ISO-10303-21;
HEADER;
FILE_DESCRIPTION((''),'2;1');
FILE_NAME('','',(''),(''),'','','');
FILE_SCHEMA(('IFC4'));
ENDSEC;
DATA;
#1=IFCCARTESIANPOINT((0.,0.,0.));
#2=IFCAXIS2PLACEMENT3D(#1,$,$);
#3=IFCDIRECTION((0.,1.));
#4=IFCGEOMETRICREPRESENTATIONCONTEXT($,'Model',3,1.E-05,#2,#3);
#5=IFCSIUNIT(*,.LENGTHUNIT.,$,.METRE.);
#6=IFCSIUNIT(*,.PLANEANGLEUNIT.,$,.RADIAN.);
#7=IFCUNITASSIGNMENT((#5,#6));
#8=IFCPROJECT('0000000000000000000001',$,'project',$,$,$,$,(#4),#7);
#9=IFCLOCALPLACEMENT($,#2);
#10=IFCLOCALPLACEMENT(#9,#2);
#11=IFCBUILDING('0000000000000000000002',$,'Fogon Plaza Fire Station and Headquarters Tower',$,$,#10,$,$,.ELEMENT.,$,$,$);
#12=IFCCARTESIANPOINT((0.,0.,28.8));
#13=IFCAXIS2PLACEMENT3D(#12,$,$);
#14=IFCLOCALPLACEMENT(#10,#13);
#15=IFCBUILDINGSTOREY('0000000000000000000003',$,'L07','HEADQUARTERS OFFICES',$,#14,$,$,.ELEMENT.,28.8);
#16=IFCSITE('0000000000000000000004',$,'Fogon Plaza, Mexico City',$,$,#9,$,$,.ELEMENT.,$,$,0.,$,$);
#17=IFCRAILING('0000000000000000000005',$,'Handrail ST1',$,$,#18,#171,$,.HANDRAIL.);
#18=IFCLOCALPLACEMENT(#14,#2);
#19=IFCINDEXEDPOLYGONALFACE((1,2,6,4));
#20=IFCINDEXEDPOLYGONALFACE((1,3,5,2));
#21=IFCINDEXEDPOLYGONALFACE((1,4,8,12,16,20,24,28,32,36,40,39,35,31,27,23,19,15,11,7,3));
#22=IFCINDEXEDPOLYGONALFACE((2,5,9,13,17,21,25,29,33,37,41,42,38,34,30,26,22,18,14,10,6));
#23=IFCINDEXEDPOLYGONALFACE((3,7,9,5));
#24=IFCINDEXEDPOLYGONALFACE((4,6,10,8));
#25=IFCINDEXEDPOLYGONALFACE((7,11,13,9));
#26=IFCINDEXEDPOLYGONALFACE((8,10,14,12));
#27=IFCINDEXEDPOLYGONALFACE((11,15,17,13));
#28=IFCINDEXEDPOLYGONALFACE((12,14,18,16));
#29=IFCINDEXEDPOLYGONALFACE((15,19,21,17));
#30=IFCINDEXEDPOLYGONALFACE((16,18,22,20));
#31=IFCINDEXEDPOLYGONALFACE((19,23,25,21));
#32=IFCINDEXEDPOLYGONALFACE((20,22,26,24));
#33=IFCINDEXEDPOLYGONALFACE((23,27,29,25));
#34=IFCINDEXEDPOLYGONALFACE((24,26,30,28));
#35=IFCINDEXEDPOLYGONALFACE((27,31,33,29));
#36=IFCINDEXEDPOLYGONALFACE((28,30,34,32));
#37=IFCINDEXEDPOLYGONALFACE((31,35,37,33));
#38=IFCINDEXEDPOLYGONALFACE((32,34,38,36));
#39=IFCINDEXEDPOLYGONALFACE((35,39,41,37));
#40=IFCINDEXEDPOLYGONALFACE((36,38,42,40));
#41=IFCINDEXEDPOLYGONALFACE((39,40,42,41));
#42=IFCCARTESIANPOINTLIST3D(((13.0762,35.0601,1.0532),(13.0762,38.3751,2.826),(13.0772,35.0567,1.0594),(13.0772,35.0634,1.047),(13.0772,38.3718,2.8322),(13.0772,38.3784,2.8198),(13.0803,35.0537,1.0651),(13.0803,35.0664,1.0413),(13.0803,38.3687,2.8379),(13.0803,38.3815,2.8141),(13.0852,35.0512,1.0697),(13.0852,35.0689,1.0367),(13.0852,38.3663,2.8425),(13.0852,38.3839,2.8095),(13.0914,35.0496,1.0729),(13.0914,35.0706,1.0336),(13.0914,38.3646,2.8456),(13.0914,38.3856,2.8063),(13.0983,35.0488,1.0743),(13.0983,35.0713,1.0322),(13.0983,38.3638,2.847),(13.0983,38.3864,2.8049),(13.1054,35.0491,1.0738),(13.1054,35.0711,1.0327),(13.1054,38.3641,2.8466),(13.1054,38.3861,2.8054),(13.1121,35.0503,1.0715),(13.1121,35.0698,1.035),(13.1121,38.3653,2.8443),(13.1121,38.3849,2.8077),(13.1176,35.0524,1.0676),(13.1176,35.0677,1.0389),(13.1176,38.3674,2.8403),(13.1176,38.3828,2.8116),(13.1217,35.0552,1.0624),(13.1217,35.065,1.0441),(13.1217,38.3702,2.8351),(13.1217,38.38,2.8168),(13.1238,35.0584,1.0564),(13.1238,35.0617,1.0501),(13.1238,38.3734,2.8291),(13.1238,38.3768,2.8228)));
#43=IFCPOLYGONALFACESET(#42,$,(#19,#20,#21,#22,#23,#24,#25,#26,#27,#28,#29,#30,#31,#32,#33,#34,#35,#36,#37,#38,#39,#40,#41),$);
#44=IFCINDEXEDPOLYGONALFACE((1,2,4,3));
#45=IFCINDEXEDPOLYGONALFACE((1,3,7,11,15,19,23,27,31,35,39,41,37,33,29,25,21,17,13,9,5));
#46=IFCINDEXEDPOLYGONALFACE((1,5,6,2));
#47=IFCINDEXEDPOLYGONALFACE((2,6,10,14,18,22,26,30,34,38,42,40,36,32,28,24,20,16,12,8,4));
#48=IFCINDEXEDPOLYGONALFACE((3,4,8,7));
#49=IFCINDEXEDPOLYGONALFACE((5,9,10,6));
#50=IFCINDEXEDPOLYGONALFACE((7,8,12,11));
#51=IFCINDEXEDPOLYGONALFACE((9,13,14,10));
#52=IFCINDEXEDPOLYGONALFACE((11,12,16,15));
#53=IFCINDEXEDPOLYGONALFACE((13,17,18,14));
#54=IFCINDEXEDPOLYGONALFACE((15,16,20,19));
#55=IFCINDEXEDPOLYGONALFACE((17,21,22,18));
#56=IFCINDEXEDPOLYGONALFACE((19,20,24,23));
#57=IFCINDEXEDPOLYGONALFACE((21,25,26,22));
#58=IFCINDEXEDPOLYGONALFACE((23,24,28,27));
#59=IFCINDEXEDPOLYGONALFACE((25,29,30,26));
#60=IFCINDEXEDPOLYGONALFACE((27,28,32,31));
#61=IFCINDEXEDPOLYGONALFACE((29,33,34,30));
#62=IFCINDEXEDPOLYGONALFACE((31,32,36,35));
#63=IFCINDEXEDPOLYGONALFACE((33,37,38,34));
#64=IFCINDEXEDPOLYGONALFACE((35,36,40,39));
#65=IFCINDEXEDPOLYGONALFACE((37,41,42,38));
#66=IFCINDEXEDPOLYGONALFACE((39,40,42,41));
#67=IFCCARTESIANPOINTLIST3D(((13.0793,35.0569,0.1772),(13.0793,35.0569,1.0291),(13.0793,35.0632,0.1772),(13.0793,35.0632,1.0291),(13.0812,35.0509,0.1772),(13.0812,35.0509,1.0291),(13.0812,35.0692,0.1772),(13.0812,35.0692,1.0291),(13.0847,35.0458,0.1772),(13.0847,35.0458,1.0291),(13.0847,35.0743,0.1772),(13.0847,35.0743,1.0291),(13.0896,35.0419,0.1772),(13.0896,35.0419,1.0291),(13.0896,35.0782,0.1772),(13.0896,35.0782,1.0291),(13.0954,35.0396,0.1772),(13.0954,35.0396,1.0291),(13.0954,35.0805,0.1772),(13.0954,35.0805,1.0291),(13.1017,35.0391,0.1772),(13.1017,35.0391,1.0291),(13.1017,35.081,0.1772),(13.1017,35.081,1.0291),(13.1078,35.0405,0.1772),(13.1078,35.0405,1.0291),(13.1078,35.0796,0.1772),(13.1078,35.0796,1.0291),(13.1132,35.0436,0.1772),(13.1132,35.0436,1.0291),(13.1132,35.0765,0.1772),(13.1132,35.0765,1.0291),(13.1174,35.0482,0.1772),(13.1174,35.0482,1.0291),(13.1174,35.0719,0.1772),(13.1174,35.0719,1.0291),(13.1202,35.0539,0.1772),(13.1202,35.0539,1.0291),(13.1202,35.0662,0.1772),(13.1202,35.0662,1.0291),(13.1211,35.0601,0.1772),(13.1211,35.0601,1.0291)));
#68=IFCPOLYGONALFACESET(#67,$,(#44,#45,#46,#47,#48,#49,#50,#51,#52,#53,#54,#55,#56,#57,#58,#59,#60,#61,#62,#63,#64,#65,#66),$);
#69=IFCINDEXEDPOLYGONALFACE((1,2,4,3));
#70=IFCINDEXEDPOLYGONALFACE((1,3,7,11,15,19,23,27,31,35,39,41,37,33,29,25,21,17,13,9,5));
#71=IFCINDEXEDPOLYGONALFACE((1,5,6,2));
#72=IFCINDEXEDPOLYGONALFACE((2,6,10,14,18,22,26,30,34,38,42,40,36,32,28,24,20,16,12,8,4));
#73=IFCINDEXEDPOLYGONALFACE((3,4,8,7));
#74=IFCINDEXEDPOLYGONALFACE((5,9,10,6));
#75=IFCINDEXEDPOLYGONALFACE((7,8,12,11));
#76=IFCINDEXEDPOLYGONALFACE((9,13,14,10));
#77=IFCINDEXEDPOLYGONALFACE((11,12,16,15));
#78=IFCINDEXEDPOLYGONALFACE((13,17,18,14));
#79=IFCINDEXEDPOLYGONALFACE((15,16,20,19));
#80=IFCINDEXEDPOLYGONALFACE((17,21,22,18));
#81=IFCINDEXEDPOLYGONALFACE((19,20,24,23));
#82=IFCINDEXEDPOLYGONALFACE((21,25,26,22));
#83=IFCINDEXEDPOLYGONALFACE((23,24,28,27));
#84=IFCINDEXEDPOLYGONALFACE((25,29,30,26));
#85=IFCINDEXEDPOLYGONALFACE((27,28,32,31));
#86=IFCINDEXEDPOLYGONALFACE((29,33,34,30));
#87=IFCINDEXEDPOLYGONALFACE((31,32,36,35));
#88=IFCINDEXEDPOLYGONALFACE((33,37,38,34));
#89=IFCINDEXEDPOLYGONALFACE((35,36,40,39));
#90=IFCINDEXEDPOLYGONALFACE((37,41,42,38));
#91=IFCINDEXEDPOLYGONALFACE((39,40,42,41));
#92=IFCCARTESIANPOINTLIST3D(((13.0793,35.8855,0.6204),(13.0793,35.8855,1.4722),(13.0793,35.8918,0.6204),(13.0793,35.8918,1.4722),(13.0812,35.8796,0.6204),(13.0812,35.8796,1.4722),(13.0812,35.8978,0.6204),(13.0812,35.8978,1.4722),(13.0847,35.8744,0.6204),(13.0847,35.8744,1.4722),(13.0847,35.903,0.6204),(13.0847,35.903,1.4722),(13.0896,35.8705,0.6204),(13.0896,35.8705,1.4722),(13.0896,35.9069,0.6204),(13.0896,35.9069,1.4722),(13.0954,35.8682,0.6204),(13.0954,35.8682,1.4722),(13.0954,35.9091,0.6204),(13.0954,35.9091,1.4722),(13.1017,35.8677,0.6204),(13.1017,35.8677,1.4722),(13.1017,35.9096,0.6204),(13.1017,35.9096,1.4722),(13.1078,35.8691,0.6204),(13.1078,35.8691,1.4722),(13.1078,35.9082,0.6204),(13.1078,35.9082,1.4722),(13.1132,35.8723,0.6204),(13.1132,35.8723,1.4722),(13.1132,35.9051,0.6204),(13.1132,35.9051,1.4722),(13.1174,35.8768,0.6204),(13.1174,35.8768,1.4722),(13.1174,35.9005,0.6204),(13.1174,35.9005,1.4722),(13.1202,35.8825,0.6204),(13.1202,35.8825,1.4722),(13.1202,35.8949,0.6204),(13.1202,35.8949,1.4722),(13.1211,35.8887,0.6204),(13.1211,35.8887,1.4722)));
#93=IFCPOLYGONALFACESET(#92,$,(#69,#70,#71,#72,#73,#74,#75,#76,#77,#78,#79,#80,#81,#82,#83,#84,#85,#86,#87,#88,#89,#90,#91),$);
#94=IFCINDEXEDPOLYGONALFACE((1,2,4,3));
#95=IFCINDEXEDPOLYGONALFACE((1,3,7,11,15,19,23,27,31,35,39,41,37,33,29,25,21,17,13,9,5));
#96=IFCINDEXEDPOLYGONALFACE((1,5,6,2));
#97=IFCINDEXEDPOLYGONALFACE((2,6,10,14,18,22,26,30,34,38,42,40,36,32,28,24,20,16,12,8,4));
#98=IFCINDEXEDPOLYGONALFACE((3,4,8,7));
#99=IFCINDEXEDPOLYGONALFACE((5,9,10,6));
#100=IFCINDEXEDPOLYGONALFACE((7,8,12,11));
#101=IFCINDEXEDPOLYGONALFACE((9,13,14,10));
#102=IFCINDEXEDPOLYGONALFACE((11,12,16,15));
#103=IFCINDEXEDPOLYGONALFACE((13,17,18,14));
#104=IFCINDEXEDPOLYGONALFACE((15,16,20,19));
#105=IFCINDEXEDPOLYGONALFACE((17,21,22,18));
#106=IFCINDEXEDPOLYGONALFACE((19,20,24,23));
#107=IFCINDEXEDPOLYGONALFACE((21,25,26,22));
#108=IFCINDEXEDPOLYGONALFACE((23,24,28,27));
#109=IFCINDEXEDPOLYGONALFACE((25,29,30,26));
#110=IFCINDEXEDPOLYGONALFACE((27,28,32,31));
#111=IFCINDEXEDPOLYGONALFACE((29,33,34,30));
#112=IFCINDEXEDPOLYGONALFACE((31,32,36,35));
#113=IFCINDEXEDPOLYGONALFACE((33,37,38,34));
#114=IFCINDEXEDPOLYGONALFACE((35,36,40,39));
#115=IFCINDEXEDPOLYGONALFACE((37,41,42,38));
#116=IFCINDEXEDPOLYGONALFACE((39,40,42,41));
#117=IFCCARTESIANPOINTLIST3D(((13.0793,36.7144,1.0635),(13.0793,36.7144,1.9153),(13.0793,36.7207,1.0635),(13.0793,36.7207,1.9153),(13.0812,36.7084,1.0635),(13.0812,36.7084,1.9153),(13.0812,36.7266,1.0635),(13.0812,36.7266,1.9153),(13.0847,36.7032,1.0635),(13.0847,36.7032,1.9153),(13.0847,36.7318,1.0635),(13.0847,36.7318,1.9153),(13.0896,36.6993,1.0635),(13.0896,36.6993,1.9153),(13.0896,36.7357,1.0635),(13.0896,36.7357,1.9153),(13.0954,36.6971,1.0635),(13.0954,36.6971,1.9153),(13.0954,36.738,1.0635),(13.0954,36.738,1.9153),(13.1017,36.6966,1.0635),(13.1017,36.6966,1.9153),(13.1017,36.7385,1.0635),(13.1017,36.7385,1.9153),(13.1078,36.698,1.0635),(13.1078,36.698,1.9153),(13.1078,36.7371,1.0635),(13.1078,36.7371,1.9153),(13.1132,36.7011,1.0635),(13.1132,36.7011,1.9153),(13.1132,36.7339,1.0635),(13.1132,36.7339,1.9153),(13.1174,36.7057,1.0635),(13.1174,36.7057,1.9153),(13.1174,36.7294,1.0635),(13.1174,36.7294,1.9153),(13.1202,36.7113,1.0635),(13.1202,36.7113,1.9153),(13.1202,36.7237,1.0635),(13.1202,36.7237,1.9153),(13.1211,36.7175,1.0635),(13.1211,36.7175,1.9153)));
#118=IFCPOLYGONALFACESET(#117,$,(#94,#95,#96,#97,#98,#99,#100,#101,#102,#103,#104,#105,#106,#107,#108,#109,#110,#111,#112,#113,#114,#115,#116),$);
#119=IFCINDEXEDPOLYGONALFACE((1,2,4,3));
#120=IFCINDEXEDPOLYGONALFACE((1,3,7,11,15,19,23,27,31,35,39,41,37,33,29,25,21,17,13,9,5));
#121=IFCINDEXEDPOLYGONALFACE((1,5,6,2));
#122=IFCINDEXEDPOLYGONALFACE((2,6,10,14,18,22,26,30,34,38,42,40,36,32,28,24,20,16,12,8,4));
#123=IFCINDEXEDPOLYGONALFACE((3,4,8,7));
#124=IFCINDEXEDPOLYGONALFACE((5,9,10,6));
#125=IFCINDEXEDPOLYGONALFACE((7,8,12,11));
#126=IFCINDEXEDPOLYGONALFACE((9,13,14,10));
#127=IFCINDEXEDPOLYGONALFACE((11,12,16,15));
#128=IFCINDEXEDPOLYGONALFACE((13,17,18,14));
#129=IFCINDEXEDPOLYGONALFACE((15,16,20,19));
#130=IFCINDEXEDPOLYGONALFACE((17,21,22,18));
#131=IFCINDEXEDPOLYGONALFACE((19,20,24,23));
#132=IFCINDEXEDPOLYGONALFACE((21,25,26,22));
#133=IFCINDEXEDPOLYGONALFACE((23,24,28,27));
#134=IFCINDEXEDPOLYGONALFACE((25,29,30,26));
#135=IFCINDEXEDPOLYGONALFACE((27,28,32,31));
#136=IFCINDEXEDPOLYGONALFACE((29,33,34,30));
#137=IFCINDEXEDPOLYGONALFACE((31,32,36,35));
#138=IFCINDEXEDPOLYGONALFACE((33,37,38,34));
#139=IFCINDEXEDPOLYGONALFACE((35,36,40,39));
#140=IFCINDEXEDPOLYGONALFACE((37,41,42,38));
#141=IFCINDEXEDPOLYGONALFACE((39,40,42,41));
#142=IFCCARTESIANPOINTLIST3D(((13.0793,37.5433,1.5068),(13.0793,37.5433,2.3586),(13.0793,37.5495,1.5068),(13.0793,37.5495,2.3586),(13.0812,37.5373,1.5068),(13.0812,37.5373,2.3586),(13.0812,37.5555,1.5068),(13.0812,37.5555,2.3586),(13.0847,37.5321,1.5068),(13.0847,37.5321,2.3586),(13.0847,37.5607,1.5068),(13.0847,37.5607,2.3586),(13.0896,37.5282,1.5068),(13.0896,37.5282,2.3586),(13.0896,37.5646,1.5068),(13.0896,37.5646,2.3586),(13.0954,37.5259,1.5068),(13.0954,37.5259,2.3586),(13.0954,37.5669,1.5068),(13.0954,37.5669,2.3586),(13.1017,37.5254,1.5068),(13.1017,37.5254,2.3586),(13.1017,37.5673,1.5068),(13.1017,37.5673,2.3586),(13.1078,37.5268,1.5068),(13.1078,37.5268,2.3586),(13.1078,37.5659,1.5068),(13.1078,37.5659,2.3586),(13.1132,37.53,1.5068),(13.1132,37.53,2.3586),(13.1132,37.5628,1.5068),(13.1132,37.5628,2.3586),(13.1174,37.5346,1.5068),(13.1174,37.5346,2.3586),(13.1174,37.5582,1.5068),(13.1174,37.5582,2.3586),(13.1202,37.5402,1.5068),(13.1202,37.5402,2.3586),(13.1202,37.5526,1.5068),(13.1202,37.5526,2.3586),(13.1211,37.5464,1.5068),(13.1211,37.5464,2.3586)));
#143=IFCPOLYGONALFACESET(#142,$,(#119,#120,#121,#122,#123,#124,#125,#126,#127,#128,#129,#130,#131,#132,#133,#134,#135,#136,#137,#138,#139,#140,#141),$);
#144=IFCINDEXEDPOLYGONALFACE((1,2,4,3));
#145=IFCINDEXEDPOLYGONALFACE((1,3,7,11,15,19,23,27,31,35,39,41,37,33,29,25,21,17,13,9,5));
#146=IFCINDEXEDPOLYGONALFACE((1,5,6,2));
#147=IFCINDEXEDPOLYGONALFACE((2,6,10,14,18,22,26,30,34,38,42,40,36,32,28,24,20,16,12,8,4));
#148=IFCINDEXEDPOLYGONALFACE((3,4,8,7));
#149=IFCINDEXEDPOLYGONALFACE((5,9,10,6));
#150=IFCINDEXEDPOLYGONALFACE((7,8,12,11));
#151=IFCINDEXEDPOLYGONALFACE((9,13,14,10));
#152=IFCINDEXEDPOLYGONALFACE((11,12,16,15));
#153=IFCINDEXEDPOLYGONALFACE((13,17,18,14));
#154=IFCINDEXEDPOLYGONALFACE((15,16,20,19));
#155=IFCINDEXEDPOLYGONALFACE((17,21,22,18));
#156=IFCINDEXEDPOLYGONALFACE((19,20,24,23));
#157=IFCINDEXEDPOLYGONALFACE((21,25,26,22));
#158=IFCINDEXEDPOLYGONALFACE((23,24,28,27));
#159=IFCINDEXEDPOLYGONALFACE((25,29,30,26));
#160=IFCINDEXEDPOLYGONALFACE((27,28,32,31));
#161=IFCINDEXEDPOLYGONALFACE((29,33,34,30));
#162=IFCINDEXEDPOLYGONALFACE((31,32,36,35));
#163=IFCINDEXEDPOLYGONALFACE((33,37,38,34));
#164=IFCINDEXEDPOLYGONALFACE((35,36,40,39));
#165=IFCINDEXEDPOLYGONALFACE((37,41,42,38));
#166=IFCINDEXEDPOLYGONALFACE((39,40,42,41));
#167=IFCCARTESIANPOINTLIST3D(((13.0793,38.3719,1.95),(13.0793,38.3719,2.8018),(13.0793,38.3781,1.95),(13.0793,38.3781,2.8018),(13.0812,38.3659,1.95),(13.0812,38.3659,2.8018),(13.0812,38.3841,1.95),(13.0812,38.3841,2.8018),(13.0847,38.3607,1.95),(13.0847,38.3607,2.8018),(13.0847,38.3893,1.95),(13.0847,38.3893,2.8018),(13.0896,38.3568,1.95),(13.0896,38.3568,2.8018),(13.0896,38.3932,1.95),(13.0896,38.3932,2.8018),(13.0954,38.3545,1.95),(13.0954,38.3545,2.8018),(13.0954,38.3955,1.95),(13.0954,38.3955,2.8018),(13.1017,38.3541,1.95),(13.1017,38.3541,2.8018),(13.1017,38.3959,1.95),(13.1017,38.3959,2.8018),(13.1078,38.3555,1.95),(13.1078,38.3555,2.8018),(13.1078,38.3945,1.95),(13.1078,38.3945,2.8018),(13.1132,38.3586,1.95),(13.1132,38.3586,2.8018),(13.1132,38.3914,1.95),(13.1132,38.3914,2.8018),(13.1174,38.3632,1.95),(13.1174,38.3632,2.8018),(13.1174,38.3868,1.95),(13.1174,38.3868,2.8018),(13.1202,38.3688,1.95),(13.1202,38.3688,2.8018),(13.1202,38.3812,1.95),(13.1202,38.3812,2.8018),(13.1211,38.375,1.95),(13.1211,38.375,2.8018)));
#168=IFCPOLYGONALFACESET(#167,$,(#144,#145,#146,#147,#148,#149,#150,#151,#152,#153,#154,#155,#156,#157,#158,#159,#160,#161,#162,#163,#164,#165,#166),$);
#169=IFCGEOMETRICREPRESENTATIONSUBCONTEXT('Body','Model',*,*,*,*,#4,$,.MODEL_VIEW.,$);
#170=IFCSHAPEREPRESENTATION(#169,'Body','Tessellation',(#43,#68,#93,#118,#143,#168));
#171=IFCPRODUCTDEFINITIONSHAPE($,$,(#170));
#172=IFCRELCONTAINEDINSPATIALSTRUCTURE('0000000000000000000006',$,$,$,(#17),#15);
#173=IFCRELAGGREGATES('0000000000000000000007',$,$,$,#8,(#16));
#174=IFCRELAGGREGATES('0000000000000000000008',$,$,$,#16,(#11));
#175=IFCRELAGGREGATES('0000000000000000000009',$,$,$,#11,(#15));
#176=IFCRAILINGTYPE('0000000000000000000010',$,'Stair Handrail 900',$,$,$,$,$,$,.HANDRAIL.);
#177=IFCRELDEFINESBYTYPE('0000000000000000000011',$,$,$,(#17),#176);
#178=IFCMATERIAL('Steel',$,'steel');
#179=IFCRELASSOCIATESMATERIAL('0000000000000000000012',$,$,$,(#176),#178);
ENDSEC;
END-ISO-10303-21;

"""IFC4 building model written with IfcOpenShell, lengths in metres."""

from ifc_helpers import new_model, si_unit, direction, frame, origin, origin_2d, place, context, subcontext, project, spatial, circle, extrude, material, type_object, element, save


model = new_model("IFC4")

# Units and contexts
model_context = context("Model", 3, precision=1e-05, world=origin(), true_north=direction((0.0, 1.0)))
body_context = subcontext(model_context, "Body", "Model", "MODEL_VIEW")
ifc_project = project(units=[si_unit("LENGTHUNIT", "METRE"), si_unit("PLANEANGLEUNIT", "RADIAN")], contexts=[model_context])

# Site, building, storey
site_placement = place(None, origin())
site = spatial("IfcSite", under=ifc_project, at=site_placement, Name="Fogon Plaza, Mexico City", CompositionType="ELEMENT", RefElevation=0.0)
building_placement = place(site_placement, origin())
building = spatial("IfcBuilding", under=site, at=building_placement, Name="Fogon Plaza Fire Station and Headquarters Tower", CompositionType="ELEMENT")
storey_placement = place(building_placement, frame((0.0, 0.0, 28.8)))
storey = spatial("IfcBuildingStorey", under=building, at=storey_placement, Name="L07", Description="HEADQUARTERS OFFICES", CompositionType="ELEMENT", Elevation=28.8)

# Railing
ifc_material_1 = material(Name="Steel", Category="steel")
railing_type = type_object("IfcRailingType", Name="Stair Handrail 900", PredefinedType="HANDRAIL", material=ifc_material_1)
for number, where, name in (
    (1, (13.1001, 35.0601, 0.1772), "Handrail ST1"),
):
    element("IfcRailing", number, at=place(storey_placement, frame(where)), inside=storey, type_object=railing_type, Name=name, PredefinedType="HANDRAIL", context=body_context, shape_type="SweptSolid", body=[
        extrude(circle(Radius=0.0239, at=origin_2d()), frame((0.0, 0.0, 0.876), z_axis=(0.0, 0.881829, 0.471569), x_axis=(-1.0, 0.0, 0.0)), (0.0, 0.0, 1.0), 3.7593),
        extrude(circle(Radius=0.021, at=origin_2d()), origin(), (0.0, 0.0, 1.0), 0.8518),
        extrude(circle(Radius=0.021, at=origin_2d()), frame((0.0, 0.8286, 0.4431)), (0.0, 0.0, 1.0), 0.8518),
        extrude(circle(Radius=0.021, at=origin_2d()), frame((0.0, 1.6575, 0.8862)), (0.0, 0.0, 1.0), 0.8518),
        extrude(circle(Radius=0.021, at=origin_2d()), frame((0.0, 2.4863, 1.3296)), (0.0, 0.0, 1.0), 0.8518),
        extrude(circle(Radius=0.021, at=origin_2d()), frame((0.0, 3.3149, 1.7727)), (0.0, 0.0, 1.0), 0.8518),
    ])

save(model, "model.ifc")
